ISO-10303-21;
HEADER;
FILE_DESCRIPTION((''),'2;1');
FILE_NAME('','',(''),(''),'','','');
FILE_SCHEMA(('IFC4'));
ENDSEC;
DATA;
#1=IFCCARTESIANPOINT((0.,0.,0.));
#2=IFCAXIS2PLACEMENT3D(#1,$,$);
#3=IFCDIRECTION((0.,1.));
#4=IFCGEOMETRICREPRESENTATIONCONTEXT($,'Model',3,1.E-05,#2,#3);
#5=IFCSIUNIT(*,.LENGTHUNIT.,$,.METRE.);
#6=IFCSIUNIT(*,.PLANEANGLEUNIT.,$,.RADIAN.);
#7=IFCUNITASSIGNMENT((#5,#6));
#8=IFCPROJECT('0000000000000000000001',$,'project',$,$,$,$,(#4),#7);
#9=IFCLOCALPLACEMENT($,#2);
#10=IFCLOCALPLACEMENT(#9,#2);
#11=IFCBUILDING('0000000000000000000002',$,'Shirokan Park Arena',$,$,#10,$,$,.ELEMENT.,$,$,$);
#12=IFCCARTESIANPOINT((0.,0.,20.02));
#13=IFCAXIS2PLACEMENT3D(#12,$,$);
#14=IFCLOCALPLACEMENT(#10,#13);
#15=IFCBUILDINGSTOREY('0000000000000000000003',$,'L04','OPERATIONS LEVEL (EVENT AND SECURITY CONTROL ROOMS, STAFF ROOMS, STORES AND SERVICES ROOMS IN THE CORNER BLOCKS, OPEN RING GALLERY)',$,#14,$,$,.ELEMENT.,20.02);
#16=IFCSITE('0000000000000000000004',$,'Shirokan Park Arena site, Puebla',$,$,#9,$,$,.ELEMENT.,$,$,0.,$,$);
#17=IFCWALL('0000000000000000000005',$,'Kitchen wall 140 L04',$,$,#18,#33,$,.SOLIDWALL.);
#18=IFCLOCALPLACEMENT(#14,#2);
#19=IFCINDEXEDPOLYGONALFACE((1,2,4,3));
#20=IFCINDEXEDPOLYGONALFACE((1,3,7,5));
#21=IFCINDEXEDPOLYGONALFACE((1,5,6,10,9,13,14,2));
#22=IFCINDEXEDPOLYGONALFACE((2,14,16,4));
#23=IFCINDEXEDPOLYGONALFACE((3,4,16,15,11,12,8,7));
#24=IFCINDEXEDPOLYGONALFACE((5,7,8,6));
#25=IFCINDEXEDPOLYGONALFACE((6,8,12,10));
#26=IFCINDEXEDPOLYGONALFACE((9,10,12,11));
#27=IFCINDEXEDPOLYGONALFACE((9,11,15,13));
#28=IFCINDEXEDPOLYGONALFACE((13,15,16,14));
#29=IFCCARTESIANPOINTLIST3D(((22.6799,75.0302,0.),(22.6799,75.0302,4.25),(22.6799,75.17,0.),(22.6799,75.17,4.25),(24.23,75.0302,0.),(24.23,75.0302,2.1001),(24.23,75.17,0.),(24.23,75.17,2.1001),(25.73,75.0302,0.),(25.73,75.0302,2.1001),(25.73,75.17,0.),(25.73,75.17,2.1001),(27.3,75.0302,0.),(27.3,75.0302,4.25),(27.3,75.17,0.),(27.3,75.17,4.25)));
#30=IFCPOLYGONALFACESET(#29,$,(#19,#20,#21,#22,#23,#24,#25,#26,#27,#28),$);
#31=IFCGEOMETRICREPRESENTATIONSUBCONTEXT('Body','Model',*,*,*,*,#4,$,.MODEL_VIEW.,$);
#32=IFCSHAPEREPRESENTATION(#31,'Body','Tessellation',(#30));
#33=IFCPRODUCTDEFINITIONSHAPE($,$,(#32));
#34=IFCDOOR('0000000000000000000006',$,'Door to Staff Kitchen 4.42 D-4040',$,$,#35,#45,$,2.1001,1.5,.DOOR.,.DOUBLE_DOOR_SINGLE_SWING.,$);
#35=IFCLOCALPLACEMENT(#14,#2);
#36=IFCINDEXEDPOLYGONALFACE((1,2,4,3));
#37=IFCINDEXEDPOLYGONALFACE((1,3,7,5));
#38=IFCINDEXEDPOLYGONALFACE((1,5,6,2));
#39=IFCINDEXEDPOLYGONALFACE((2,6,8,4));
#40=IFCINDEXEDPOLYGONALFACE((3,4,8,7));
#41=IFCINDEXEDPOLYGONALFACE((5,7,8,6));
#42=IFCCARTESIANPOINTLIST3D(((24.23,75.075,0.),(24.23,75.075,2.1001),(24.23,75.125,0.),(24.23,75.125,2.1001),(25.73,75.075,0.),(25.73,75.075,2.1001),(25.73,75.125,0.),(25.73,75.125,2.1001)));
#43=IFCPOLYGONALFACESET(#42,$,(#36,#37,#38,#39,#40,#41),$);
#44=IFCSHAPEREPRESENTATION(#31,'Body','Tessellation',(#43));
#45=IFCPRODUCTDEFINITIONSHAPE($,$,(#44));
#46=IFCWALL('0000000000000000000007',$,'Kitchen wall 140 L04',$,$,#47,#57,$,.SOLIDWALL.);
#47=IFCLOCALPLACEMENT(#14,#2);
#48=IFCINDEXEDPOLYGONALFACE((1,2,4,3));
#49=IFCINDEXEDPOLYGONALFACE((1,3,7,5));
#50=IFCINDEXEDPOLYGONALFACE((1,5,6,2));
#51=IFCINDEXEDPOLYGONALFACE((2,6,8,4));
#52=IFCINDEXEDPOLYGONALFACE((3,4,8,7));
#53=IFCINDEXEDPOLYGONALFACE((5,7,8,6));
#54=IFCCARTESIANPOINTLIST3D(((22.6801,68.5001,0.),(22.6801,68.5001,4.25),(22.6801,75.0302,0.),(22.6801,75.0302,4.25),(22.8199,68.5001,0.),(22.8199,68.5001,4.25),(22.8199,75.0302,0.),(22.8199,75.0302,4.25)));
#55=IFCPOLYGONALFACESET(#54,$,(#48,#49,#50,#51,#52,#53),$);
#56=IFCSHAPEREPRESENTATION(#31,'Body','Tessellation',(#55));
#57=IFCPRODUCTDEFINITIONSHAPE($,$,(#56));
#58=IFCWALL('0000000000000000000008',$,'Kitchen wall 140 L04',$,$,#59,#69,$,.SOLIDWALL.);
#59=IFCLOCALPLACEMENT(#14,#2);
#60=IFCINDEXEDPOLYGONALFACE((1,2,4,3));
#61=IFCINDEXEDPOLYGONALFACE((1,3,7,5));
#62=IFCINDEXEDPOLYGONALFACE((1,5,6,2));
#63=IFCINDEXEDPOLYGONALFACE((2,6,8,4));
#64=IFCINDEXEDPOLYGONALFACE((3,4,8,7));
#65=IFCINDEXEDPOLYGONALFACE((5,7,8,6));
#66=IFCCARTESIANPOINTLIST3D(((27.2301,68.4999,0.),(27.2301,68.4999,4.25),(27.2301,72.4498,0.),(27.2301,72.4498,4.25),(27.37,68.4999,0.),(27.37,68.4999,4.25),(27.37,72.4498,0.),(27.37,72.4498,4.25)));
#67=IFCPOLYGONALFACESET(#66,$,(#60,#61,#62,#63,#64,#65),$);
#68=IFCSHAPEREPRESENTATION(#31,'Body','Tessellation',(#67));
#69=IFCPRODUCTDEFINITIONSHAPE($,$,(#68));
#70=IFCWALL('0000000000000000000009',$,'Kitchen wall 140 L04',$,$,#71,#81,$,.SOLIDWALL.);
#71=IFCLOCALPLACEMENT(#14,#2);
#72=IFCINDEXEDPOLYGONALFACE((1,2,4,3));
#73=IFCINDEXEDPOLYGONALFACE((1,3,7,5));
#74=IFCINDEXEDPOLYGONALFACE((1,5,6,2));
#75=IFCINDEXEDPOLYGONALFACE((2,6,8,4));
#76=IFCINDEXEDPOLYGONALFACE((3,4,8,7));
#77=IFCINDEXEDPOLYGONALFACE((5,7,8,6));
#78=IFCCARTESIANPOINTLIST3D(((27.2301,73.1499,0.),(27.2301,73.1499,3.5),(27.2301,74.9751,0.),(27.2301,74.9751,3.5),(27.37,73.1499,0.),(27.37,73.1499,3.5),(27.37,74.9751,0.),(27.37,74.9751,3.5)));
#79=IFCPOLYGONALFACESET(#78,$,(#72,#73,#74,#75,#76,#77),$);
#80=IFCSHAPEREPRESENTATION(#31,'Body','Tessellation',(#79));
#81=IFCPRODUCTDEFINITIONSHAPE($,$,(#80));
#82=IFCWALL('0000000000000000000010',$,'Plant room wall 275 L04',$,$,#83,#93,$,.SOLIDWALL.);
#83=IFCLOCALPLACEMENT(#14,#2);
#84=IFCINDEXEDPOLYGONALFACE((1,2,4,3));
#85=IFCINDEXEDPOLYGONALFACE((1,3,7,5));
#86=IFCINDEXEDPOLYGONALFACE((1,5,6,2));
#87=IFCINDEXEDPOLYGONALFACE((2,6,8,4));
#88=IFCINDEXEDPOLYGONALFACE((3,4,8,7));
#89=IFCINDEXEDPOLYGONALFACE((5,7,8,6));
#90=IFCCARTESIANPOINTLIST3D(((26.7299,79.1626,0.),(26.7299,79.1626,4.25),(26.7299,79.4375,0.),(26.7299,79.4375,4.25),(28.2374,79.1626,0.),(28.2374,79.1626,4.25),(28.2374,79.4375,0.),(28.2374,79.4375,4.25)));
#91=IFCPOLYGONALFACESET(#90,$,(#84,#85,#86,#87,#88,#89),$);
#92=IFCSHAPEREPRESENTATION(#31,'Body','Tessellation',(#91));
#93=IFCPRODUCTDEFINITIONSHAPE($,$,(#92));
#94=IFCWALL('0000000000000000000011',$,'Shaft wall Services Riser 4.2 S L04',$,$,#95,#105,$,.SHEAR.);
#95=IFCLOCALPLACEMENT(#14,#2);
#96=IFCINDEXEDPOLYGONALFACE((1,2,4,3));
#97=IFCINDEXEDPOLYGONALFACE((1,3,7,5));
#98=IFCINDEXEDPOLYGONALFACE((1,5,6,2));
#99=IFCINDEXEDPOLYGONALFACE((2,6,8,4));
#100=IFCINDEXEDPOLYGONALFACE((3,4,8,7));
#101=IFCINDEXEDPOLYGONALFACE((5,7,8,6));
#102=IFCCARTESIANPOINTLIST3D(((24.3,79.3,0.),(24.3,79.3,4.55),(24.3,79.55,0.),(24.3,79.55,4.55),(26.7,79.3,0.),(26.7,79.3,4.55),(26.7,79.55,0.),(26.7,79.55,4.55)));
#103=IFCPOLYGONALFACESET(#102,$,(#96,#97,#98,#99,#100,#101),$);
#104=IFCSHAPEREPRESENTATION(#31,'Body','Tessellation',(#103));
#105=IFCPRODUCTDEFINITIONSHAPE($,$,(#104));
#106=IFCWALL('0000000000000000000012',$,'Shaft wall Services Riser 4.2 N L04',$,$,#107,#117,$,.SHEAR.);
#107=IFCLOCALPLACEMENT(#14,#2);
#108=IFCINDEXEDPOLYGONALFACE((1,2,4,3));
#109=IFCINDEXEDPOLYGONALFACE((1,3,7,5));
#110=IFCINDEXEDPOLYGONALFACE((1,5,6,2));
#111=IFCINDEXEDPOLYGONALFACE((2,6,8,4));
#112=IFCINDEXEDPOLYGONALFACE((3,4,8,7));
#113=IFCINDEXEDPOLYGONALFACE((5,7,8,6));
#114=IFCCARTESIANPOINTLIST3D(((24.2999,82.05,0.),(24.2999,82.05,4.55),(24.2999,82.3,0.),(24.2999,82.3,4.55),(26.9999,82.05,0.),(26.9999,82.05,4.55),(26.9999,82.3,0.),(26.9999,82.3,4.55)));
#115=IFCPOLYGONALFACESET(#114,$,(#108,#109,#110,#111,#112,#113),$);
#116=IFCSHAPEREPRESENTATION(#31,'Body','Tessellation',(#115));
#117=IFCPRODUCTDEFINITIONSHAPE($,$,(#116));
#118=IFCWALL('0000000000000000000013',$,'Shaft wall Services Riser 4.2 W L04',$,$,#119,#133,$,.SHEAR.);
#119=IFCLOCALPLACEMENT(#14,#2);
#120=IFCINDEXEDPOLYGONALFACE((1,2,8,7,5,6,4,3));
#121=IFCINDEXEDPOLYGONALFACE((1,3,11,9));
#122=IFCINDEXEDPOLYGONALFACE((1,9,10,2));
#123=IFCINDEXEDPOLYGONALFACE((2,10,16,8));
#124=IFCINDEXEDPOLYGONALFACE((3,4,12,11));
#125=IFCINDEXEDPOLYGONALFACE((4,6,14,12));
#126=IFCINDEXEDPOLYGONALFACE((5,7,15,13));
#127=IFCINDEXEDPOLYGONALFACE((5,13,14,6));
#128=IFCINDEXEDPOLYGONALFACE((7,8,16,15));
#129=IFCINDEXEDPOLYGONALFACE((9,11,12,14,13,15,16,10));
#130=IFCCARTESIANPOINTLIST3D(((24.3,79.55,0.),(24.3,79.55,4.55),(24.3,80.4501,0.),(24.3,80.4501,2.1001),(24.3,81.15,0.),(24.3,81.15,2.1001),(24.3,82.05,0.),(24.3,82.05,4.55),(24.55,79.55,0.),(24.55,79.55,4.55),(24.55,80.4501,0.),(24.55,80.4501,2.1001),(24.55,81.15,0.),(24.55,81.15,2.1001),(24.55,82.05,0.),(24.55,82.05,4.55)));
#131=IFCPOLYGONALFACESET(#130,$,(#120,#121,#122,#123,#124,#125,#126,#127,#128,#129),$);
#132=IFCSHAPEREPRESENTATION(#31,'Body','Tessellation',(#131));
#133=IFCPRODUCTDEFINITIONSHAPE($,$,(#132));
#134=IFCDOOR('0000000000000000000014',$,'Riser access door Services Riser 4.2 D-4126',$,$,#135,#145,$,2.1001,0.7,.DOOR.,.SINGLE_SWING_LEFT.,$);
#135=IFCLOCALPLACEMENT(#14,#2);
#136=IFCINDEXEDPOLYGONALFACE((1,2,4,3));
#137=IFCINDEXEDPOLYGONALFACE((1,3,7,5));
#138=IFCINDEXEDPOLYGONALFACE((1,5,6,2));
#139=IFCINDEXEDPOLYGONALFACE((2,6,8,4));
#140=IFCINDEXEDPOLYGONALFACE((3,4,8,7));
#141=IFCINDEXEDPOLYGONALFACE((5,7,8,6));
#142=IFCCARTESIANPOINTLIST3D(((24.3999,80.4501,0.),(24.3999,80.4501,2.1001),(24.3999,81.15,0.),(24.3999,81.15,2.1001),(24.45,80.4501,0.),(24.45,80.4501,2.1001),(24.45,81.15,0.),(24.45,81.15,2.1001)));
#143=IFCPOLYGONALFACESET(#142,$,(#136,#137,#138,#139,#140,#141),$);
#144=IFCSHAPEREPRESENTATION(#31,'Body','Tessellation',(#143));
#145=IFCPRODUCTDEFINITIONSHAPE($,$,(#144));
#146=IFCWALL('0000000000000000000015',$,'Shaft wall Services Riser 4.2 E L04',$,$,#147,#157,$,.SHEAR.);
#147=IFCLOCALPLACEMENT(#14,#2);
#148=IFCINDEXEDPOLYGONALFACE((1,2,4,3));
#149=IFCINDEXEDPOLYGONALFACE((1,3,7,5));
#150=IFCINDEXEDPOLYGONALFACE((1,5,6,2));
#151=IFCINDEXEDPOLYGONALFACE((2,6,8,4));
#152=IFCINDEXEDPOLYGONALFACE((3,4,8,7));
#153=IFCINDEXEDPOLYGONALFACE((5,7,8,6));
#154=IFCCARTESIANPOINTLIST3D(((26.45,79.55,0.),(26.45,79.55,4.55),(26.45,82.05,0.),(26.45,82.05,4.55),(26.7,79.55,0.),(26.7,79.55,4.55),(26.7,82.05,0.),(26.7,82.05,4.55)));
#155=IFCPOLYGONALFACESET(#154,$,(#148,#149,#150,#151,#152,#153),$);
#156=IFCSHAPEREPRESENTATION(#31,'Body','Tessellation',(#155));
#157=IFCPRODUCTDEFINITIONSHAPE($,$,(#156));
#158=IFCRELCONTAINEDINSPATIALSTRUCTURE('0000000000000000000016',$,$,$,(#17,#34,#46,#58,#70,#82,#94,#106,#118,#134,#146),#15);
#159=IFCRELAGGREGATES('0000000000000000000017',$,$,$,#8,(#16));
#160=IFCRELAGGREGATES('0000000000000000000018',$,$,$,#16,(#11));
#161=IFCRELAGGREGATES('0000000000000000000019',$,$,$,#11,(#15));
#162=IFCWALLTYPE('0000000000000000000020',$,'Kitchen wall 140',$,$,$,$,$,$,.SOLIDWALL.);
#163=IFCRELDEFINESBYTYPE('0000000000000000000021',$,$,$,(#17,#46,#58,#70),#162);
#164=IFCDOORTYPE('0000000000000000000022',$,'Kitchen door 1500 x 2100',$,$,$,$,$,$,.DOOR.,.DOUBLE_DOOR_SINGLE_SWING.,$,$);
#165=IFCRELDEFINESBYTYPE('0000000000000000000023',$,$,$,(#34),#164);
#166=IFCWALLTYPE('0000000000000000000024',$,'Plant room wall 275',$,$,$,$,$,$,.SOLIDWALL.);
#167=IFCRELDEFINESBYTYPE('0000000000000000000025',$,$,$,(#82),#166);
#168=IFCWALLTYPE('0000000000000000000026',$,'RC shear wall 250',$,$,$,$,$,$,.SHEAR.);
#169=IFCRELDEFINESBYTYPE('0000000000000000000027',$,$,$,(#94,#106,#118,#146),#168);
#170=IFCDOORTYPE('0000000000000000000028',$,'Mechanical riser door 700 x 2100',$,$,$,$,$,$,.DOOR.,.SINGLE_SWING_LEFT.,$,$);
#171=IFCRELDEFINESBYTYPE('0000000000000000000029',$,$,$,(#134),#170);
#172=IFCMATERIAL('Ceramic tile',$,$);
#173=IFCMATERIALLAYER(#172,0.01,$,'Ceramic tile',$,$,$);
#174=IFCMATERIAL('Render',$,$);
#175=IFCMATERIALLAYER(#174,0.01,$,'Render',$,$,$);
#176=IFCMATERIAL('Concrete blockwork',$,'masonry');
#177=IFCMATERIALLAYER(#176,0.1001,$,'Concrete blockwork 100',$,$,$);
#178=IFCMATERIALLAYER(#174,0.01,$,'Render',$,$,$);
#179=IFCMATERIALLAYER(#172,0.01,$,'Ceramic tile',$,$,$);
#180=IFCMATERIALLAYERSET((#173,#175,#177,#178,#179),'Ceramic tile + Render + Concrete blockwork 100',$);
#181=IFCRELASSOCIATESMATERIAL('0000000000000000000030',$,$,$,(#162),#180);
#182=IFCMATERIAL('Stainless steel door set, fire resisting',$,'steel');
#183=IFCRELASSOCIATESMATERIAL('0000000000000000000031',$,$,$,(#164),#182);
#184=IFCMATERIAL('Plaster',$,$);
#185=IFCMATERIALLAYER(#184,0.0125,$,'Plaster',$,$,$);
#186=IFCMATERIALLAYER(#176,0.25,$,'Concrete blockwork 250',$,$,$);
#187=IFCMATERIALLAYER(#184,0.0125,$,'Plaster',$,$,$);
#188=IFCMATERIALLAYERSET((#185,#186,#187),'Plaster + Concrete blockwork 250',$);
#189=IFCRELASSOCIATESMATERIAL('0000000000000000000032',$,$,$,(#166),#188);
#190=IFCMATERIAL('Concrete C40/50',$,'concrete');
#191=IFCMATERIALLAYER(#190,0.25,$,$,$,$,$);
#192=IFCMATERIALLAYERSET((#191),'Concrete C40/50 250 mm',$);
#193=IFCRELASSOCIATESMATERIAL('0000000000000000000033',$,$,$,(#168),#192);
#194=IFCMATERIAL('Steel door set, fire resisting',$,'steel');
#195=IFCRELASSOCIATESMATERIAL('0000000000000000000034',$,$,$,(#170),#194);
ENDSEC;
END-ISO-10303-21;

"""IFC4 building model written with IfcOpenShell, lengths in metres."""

from ifc_helpers import new_model, si_unit, direction, frame, frame_2d, origin, place, context, subcontext, project, spatial, rectangle, extrude, material, layer, layer_set, type_object, element, fill, save


model = new_model("IFC4")

# Units and contexts
model_context = context("Model", 3, precision=1e-05, world=origin(), true_north=direction((0.0, 1.0)))
body_context = subcontext(model_context, "Body", "Model", "MODEL_VIEW")
ifc_project = project(units=[si_unit("LENGTHUNIT", "METRE"), si_unit("PLANEANGLEUNIT", "RADIAN")], contexts=[model_context])

# Site, building, storey
site_placement = place(None, origin())
site = spatial("IfcSite", under=ifc_project, at=site_placement, Name="Shirokan Park Arena site, Puebla", CompositionType="ELEMENT", RefElevation=0.0)
building_placement = place(site_placement, origin())
building = spatial("IfcBuilding", under=site, at=building_placement, Name="Shirokan Park Arena", CompositionType="ELEMENT")
storey_placement = place(building_placement, frame((0.0, 0.0, 20.02)))
storey = spatial("IfcBuildingStorey", under=building, at=storey_placement, Name="L04", Description="OPERATIONS LEVEL (EVENT AND SECURITY CONTROL ROOMS, STAFF ROOMS, STORES AND SERVICES ROOMS IN THE CORNER BLOCKS, OPEN RING GALLERY)", CompositionType="ELEMENT", Elevation=20.02)

# Wall, opening, door
ifc_material_1 = material(Name="Plaster")
ifc_material_2 = material(Name="Concrete blockwork", Category="masonry")
ifc_material_3 = material(Name="Ceramic tile")
ifc_layer_1 = layer(ifc_material_3, 0.01, Name="Ceramic tile")
ifc_material_4 = material(Name="Render")
ifc_layer_2 = layer(ifc_material_4, 0.01, Name="Render")
ifc_layer_3 = layer(ifc_material_2, 0.1001, Name="Concrete blockwork 100")
ifc_layer_4 = layer(ifc_material_4, 0.01, Name="Render")
ifc_layer_5 = layer(ifc_material_3, 0.01, Name="Ceramic tile")
ifc_layer_set_1 = layer_set([ifc_layer_1, ifc_layer_2, ifc_layer_3, ifc_layer_4, ifc_layer_5], Name="Ceramic tile + Render + Concrete blockwork 100")
wall_type_1 = type_object("IfcWallType", Name="Kitchen wall 140", PredefinedType="SOLIDWALL", material=ifc_layer_set_1)
wall_1_placement = place(storey_placement, frame((22.6799, 75.1001, 0.0), z_axis=(0.0, 0.0, 1.0), x_axis=(1.0, 0.0, 0.0)))
wall_1 = element("IfcWall", 1, at=wall_1_placement, inside=storey, type_object=wall_type_1, Name="Kitchen wall 140 L04", PredefinedType="SOLIDWALL", context=body_context, shape_type="SweptSolid", body=[
    extrude(rectangle(XDim=4.6201, YDim=0.1399, at=frame_2d((2.3101, 0.0))), origin(), (0.0, 0.0, 1.0), 4.25),
])
opening_1_placement = place(wall_1_placement, frame((1.55, 0.0, 0.0)))
opening_1 = element("IfcOpeningElement", 2, at=opening_1_placement, cuts=wall_1, PredefinedType="OPENING", context=body_context, shape_type="SweptSolid", body=[
    extrude(rectangle(XDim=1.5, YDim=2.1001, at=frame_2d((0.75, 1.05))), frame((0.0, 0.0798, 0.0), z_axis=(0.0, -1.0, 0.0), x_axis=(1.0, 0.0, 0.0)), (0.0, 0.0, 1.0), 0.1599),
])
ifc_material_5 = material(Name="Stainless steel door set, fire resisting", Category="steel")
door_type_1 = type_object("IfcDoorType", Name="Kitchen door 1500 x 2100", OperationType="DOUBLE_DOOR_SINGLE_SWING", PredefinedType="DOOR", material=ifc_material_5)
door_1_placement = place(opening_1_placement, origin())
door_1 = element("IfcDoor", 3, at=door_1_placement, inside=storey, type_object=door_type_1, Name="Door to Staff Kitchen 4.42 D-4040", OperationType="DOUBLE_DOOR_SINGLE_SWING", OverallHeight=2.1001, OverallWidth=1.5, PredefinedType="DOOR", context=body_context, shape_type="SweptSolid", body=[
    extrude(rectangle(XDim=1.5, YDim=2.1001, at=frame_2d((0.75, 1.05))), frame((0.0, 0.0249, 0.0), z_axis=(0.0, -1.0, 0.0), x_axis=(1.0, 0.0, 0.0)), (0.0, 0.0, 1.0), 0.05),
])
fill(opening_1, door_1)

# Walls
wall_2_placement = place(storey_placement, frame((22.75, 68.5, 0.0), z_axis=(0.0, 0.0, 1.0), x_axis=(0.0, 1.0, 0.0)))
element("IfcWall", 4, at=wall_2_placement, inside=storey, type_object=wall_type_1, Name="Kitchen wall 140 L04", PredefinedType="SOLIDWALL", context=body_context, shape_type="SweptSolid", body=[
    extrude(rectangle(XDim=6.53, YDim=0.1399, at=frame_2d((3.2651, 0.0))), origin(), (0.0, 0.0, 1.0), 4.25),
])
wall_3_placement = place(storey_placement, frame((27.3, 72.45, 0.0), z_axis=(0.0, 0.0, 1.0), x_axis=(0.0, -1.0, 0.0)))
element("IfcWall", 5, at=wall_3_placement, inside=storey, type_object=wall_type_1, Name="Kitchen wall 140 L04", PredefinedType="SOLIDWALL", context=body_context, shape_type="SweptSolid", body=[
    extrude(rectangle(XDim=3.95, YDim=0.1399, at=frame_2d((1.9751, 0.0))), origin(), (0.0, 0.0, 1.0), 4.25),
])
wall_4_placement = place(storey_placement, frame((27.3, 74.9751, 0.0), z_axis=(0.0, 0.0, 1.0), x_axis=(0.0, -1.0, 0.0)))
element("IfcWall", 6, at=wall_4_placement, inside=storey, type_object=wall_type_1, Name="Kitchen wall 140 L04", PredefinedType="SOLIDWALL", context=body_context, shape_type="SweptSolid", body=[
    extrude(rectangle(XDim=1.8252, YDim=0.1399, at=frame_2d((0.9126, 0.0))), origin(), (0.0, 0.0, 1.0), 3.5),
])
ifc_layer_6 = layer(ifc_material_1, 0.0125, Name="Plaster")
ifc_layer_7 = layer(ifc_material_2, 0.25, Name="Concrete blockwork 250")
ifc_layer_8 = layer(ifc_material_1, 0.0125, Name="Plaster")
ifc_layer_set_2 = layer_set([ifc_layer_6, ifc_layer_7, ifc_layer_8], Name="Plaster + Concrete blockwork 250")
wall_type_2 = type_object("IfcWallType", Name="Plant room wall 275", PredefinedType="SOLIDWALL", material=ifc_layer_set_2)
wall_5_placement = place(storey_placement, frame((28.2375, 79.3, 0.0), z_axis=(0.0, 0.0, 1.0), x_axis=(-1.0, 0.0, 0.0)))
element("IfcWall", 7, at=wall_5_placement, inside=storey, type_object=wall_type_2, Name="Plant room wall 275 L04", PredefinedType="SOLIDWALL", context=body_context, shape_type="SweptSolid", body=[
    extrude(rectangle(XDim=1.5076, YDim=0.2749, at=frame_2d((0.7539, 0.0))), origin(), (0.0, 0.0, 1.0), 4.25),
])
ifc_material_6 = material(Name="Concrete C40/50", Category="concrete")
ifc_layer_9 = layer(ifc_material_6, 0.25)
ifc_layer_set_3 = layer_set([ifc_layer_9], Name="Concrete C40/50 250 mm")
wall_type_3 = type_object("IfcWallType", Name="RC shear wall 250", PredefinedType="SHEAR", material=ifc_layer_set_3)
wall_6_placement = place(storey_placement, frame((26.7, 79.425, 0.0), z_axis=(0.0, 0.0, 1.0), x_axis=(-1.0, 0.0, 0.0)))
element("IfcWall", 8, at=wall_6_placement, inside=storey, type_object=wall_type_3, Name="Shaft wall Services Riser 4.2 S L04", PredefinedType="SHEAR", context=body_context, shape_type="SweptSolid", body=[
    extrude(rectangle(XDim=2.3999, YDim=0.25, at=frame_2d((1.2, 0.0))), origin(), (0.0, 0.0, 1.0), 4.55),
])
wall_7_placement = place(storey_placement, frame((27.0, 82.175, 0.0), z_axis=(0.0, 0.0, 1.0), x_axis=(-1.0, 0.0, 0.0)))
element("IfcWall", 9, at=wall_7_placement, inside=storey, type_object=wall_type_3, Name="Shaft wall Services Riser 4.2 N L04", PredefinedType="SHEAR", context=body_context, shape_type="SweptSolid", body=[
    extrude(rectangle(XDim=2.7, YDim=0.25, at=frame_2d((1.3501, 0.0))), origin(), (0.0, 0.0, 1.0), 4.55),
])

# Wall, opening, door
wall_8_placement = place(storey_placement, frame((24.425, 82.05, 0.0), z_axis=(0.0, 0.0, 1.0), x_axis=(0.0, -1.0, 0.0)))
wall_8 = element("IfcWall", 10, at=wall_8_placement, inside=storey, type_object=wall_type_3, Name="Shaft wall Services Riser 4.2 W L04", PredefinedType="SHEAR", context=body_context, shape_type="SweptSolid", body=[
    extrude(rectangle(XDim=2.5, YDim=0.25, at=frame_2d((1.25, 0.0))), origin(), (0.0, 0.0, 1.0), 4.55),
])
opening_2_placement = place(wall_8_placement, frame((0.8999, 0.0, 0.0)))
opening_2 = element("IfcOpeningElement", 11, at=opening_2_placement, cuts=wall_8, PredefinedType="OPENING", context=body_context, shape_type="SweptSolid", body=[
    extrude(rectangle(XDim=0.7, YDim=2.1001, at=frame_2d((0.3501, 1.05))), frame((0.0, 0.135, 0.0), z_axis=(0.0, -1.0, 0.0), x_axis=(1.0, 0.0, 0.0)), (0.0, 0.0, 1.0), 0.27),
])
ifc_material_7 = material(Name="Steel door set, fire resisting", Category="steel")
door_type_2 = type_object("IfcDoorType", Name="Mechanical riser door 700 x 2100", OperationType="SINGLE_SWING_LEFT", PredefinedType="DOOR", material=ifc_material_7)
door_2_placement = place(opening_2_placement, origin())
door_2 = element("IfcDoor", 12, at=door_2_placement, inside=storey, type_object=door_type_2, Name="Riser access door Services Riser 4.2 D-4126", OperationType="SINGLE_SWING_LEFT", OverallHeight=2.1001, OverallWidth=0.7, PredefinedType="DOOR", context=body_context, shape_type="SweptSolid", body=[
    extrude(rectangle(XDim=0.7, YDim=2.1001, at=frame_2d((0.3501, 1.05))), frame((0.0, 0.0249, 0.0), z_axis=(0.0, -1.0, 0.0), x_axis=(1.0, 0.0, 0.0)), (0.0, 0.0, 1.0), 0.05),
])
fill(opening_2, door_2)

# Wall
wall_9_placement = place(storey_placement, frame((26.575, 82.05, 0.0), z_axis=(0.0, 0.0, 1.0), x_axis=(0.0, -1.0, 0.0)))
element("IfcWall", 13, at=wall_9_placement, inside=storey, type_object=wall_type_3, Name="Shaft wall Services Riser 4.2 E L04", PredefinedType="SHEAR", context=body_context, shape_type="SweptSolid", body=[
    extrude(rectangle(XDim=2.5, YDim=0.25, at=frame_2d((1.25, 0.0))), origin(), (0.0, 0.0, 1.0), 4.55),
])

save(model, "model.ifc")
